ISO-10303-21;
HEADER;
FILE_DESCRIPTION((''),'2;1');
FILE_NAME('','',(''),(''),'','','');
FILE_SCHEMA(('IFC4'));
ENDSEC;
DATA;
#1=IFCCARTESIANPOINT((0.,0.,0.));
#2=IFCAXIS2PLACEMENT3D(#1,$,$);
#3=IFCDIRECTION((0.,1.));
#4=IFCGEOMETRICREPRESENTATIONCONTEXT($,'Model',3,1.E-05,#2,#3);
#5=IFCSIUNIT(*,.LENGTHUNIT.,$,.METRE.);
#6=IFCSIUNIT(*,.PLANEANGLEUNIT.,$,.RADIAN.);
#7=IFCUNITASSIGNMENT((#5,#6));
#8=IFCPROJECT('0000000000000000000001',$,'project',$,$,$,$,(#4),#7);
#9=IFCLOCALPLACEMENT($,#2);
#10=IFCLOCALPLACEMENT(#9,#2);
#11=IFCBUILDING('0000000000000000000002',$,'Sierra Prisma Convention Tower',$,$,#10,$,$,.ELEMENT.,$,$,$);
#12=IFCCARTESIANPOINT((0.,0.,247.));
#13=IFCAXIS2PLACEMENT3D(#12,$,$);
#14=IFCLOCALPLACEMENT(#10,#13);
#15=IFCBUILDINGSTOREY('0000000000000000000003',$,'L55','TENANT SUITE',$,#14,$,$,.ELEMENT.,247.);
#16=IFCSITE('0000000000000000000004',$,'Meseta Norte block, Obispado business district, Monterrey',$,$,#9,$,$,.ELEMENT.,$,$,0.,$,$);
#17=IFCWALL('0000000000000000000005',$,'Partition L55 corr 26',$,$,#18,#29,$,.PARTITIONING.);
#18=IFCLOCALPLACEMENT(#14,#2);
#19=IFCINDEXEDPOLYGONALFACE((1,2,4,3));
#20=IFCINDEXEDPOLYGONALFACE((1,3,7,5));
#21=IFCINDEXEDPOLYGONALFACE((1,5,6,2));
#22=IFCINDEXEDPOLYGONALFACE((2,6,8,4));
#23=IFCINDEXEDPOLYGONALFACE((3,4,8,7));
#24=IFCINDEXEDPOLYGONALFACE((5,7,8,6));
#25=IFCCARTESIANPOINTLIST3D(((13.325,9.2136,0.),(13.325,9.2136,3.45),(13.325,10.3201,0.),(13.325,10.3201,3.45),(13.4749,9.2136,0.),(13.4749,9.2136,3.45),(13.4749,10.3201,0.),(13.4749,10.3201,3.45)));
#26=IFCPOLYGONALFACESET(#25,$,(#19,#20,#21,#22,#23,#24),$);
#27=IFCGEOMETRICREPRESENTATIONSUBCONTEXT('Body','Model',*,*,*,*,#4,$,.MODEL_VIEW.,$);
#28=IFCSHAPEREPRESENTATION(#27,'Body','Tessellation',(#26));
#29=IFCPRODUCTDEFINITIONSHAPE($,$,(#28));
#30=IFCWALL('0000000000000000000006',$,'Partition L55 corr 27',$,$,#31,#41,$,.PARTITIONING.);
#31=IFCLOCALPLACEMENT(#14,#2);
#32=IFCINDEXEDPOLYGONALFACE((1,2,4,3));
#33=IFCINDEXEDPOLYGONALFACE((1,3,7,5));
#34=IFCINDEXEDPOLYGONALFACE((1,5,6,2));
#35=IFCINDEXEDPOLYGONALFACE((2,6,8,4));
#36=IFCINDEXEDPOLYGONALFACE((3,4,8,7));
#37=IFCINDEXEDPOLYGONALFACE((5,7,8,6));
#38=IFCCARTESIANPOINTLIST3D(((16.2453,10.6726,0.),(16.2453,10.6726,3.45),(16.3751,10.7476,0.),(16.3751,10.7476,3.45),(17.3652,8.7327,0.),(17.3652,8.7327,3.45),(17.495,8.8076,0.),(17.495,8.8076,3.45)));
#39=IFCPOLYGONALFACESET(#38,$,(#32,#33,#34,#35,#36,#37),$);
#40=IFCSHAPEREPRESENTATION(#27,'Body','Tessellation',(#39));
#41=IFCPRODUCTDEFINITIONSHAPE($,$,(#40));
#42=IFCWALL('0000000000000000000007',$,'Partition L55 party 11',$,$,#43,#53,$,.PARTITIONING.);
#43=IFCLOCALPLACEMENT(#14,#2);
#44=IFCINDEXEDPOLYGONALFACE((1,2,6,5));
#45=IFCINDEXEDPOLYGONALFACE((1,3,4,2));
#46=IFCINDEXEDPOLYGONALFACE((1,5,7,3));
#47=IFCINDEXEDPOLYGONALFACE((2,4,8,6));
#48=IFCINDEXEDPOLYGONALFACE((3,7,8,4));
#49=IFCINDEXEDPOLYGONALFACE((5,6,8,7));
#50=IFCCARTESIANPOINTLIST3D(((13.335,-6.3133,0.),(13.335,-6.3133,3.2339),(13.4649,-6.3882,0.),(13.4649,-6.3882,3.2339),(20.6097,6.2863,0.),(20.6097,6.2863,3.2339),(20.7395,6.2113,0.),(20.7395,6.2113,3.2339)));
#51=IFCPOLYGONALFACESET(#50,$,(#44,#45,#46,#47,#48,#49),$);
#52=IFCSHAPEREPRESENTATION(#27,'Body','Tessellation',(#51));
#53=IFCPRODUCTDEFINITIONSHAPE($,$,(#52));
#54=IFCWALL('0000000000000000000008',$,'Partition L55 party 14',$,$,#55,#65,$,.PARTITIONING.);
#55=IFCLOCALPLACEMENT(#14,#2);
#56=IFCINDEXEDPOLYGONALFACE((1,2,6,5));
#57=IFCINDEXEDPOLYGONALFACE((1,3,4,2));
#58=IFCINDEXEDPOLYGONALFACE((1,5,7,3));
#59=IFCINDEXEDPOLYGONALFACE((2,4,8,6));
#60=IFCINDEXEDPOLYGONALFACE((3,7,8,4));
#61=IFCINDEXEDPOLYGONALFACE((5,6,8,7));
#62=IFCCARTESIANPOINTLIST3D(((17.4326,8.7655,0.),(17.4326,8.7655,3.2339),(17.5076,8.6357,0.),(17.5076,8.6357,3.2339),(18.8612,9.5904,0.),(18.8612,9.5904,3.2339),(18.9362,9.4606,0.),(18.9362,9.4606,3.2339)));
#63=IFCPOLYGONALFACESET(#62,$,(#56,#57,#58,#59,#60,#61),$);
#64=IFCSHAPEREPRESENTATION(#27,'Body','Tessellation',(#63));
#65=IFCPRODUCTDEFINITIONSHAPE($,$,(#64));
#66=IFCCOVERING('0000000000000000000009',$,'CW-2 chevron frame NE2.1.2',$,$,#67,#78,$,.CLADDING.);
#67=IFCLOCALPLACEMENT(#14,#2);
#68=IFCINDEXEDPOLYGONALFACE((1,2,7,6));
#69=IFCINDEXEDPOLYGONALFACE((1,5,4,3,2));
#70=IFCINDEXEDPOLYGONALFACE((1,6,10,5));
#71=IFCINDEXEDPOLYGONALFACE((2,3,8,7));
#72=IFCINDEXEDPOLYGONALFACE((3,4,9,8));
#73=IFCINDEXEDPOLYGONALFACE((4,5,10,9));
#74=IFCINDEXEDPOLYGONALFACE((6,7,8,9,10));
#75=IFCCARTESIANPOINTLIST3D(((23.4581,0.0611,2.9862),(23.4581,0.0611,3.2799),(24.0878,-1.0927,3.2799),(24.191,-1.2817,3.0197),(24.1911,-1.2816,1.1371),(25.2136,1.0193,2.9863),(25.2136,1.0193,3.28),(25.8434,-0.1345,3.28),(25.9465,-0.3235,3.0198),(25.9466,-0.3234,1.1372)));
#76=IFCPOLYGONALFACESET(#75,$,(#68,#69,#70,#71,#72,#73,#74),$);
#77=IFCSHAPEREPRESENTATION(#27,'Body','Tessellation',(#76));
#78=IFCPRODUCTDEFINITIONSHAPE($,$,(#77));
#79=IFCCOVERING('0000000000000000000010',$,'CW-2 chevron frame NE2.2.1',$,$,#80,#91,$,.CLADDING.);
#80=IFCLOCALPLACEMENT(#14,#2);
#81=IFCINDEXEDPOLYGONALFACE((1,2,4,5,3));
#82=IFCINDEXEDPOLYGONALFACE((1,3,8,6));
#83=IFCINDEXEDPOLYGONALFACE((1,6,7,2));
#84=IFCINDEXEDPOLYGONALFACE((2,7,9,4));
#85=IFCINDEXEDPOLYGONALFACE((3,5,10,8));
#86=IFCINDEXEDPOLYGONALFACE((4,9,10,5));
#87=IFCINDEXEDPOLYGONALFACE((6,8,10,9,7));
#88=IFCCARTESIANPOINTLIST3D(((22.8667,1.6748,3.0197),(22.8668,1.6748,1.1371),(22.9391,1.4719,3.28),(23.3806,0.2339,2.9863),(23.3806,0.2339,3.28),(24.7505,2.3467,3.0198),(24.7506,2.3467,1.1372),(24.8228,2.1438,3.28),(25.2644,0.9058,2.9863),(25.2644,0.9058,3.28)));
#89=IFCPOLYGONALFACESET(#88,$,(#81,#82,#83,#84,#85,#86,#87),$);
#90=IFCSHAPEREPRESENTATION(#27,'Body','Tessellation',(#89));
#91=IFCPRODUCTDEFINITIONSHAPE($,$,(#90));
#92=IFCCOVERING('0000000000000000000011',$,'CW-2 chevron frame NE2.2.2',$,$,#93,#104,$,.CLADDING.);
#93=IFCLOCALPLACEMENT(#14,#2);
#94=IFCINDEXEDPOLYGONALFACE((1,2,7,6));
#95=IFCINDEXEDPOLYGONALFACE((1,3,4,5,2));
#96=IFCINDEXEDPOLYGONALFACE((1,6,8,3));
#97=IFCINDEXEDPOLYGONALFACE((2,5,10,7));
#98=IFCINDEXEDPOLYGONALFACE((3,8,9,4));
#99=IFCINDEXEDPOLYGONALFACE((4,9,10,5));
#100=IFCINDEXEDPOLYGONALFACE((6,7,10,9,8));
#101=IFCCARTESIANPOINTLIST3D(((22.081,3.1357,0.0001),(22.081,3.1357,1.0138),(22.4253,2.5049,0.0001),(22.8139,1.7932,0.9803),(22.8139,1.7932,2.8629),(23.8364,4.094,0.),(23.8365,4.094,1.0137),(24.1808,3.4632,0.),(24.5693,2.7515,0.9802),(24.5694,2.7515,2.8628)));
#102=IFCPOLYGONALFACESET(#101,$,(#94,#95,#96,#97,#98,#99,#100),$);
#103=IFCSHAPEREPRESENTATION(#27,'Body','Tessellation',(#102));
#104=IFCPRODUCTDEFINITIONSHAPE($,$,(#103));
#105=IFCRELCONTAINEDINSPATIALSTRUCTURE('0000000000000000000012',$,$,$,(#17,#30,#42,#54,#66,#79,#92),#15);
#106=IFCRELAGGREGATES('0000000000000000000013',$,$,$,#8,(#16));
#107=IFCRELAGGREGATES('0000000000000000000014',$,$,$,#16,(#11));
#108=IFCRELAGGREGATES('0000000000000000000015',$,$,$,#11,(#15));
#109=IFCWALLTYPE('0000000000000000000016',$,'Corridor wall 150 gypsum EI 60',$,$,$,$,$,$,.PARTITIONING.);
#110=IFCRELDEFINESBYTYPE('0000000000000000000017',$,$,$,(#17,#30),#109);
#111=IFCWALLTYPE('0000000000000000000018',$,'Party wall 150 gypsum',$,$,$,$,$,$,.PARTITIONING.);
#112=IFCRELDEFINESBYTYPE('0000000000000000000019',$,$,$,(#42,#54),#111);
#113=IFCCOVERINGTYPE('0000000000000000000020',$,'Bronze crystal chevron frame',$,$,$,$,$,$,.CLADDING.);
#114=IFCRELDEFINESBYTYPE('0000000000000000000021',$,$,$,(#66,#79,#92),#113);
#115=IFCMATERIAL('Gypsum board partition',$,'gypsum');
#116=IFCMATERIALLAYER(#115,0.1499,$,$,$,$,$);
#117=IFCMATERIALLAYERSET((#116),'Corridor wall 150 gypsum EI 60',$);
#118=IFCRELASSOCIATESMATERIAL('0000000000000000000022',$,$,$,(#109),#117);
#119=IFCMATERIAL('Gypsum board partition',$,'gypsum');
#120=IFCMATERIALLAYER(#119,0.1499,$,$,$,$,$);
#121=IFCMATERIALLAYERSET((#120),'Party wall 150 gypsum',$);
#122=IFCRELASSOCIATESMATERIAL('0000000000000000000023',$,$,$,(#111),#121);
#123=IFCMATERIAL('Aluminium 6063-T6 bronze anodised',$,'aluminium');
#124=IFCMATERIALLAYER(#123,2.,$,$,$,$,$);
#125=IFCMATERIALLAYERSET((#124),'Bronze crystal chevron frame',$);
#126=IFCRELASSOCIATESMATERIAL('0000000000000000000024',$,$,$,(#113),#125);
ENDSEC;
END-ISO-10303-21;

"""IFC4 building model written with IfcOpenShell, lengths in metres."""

from ifc_helpers import new_model, si_unit, direction, frame, frame_2d, origin, place, context, subcontext, project, spatial, polyline, rectangle, outline, extrude, material, layer, layer_set, type_object, element, save


model = new_model("IFC4")

# Units and contexts
model_context = context("Model", 3, precision=1e-05, world=origin(), true_north=direction((0.0, 1.0)))
body_context = subcontext(model_context, "Body", "Model", "MODEL_VIEW")
ifc_project = project(units=[si_unit("LENGTHUNIT", "METRE"), si_unit("PLANEANGLEUNIT", "RADIAN")], contexts=[model_context])

# Site, building, storey
site_placement = place(None, origin())
site = spatial("IfcSite", under=ifc_project, at=site_placement, Name="Meseta Norte block, Obispado business district, Monterrey", CompositionType="ELEMENT", RefElevation=0.0)
building_placement = place(site_placement, origin())
building = spatial("IfcBuilding", under=site, at=building_placement, Name="Sierra Prisma Convention Tower", CompositionType="ELEMENT")
storey_placement = place(building_placement, frame((0.0, 0.0, 247.0)))
storey = spatial("IfcBuildingStorey", under=building, at=storey_placement, Name="L55", Description="TENANT SUITE", CompositionType="ELEMENT", Elevation=247.0)

# Walls
ifc_material_1 = material(Name="Gypsum board partition", Category="gypsum")
ifc_layer_1 = layer(ifc_material_1, 0.1499)
ifc_layer_set_1 = layer_set([ifc_layer_1], Name="Corridor wall 150 gypsum EI 60")
wall_type_1 = type_object("IfcWallType", Name="Corridor wall 150 gypsum EI 60", PredefinedType="PARTITIONING", material=ifc_layer_set_1)
wall_1_placement = place(storey_placement, frame((13.3999, 9.2136, 0.0), z_axis=(0.0, 0.0, 1.0), x_axis=(0.0, 1.0, 0.0)))
element("IfcWall", 1, at=wall_1_placement, inside=storey, type_object=wall_type_1, Name="Partition L55 corr 26", PredefinedType="PARTITIONING", context=body_context, shape_type="SweptSolid", body=[
    extrude(rectangle(XDim=1.1064, YDim=0.1499, at=frame_2d((0.5532, 0.0))), origin(), (0.0, 0.0, 1.0), 3.45),
])
wall_2_placement = place(storey_placement, frame((17.4302, 8.77, 0.0), z_axis=(0.0, 0.0, 1.0), x_axis=(-0.499949, 0.866055, 0.0)))
element("IfcWall", 2, at=wall_2_placement, inside=storey, type_object=wall_type_1, Name="Partition L55 corr 27", PredefinedType="PARTITIONING", context=body_context, shape_type="SweptSolid", body=[
    extrude(rectangle(XDim=2.24, YDim=0.1499, at=frame_2d((1.1201, 0.0))), origin(), (0.0, 0.0, 1.0), 3.45),
])
ifc_material_2 = material(Name="Gypsum board partition", Category="gypsum")
ifc_layer_2 = layer(ifc_material_2, 0.1499)
ifc_layer_set_2 = layer_set([ifc_layer_2], Name="Party wall 150 gypsum")
wall_type_2 = type_object("IfcWallType", Name="Party wall 150 gypsum", PredefinedType="PARTITIONING", material=ifc_layer_set_2)
wall_3_placement = place(storey_placement, frame((20.6746, 6.2488, 0.0), z_axis=(0.0, 0.0, 1.0), x_axis=(-0.500014, -0.866017, 0.0)))
element("IfcWall", 3, at=wall_3_placement, inside=storey, type_object=wall_type_2, Name="Partition L55 party 11", PredefinedType="PARTITIONING", context=body_context, shape_type="SweptSolid", body=[
    extrude(rectangle(XDim=14.5488, YDim=0.1499, at=frame_2d((7.2744, 0.0))), origin(), (0.0, 0.0, 1.0), 3.2339),
])
wall_4_placement = place(storey_placement, frame((17.4702, 8.7007, 0.0), z_axis=(0.0, 0.0, 1.0), x_axis=(0.866003, 0.500038, 0.0)))
element("IfcWall", 4, at=wall_4_placement, inside=storey, type_object=wall_type_2, Name="Partition L55 party 14", PredefinedType="PARTITIONING", context=body_context, shape_type="SweptSolid", body=[
    extrude(rectangle(XDim=1.6497, YDim=0.1499, at=frame_2d((0.8247, 0.0))), origin(), (0.0, 0.0, 1.0), 3.2339),
])

# Coverings
ifc_material_3 = material(Name="Aluminium 6063-T6 bronze anodised", Category="aluminium")
ifc_layer_3 = layer(ifc_material_3, 2.0)
ifc_layer_set_3 = layer_set([ifc_layer_3], Name="Bronze crystal chevron frame")
covering_type = type_object("IfcCoveringType", Name="Bronze crystal chevron frame", PredefinedType="CLADDING", material=ifc_layer_set_3)
covering_1_placement = place(storey_placement, frame((25.9465, -0.3235, 3.0198), z_axis=(0.877765, 0.479091, 0.000048), x_axis=(0.000042, 0.000023, -1.0)))
element("IfcCovering", 5, at=covering_1_placement, inside=storey, type_object=covering_type, Name="CW-2 chevron frame NE2.1.2", PredefinedType="CLADDING", context=body_context, shape_type="SweptSolid", body=[
    extrude(outline(polyline([(0.0, 0.0), (1.8826, 0.0), (0.0334, 1.5298), (-0.2603, 1.5298), (-0.2603, 0.2153), (0.0, 0.0)])), origin(), (0.0, 0.0, -1.0), 2.0),
])
covering_2_placement = place(storey_placement, frame((25.2644, 0.9058, 3.28), z_axis=(0.941884, 0.335938, 0.000037), x_axis=(0.000035, 0.000012, -1.0)))
element("IfcCovering", 6, at=covering_2_placement, inside=storey, type_object=covering_type, Name="CW-2 chevron frame NE2.2.1", PredefinedType="CLADDING", context=body_context, shape_type="SweptSolid", body=[
    extrude(outline(polyline([(0.0, 0.0), (0.2937, 0.0), (2.1428, 1.5298), (0.2603, 1.5298), (0.0, 1.3145), (0.0, 0.0)])), origin(), (0.0, 0.0, -1.0), 2.0),
])
covering_3_placement = place(storey_placement, frame((23.8364, 4.094, 0.0), z_axis=(0.877737, 0.479142, -0.000042), x_axis=(0.000036, 0.00002, 1.0)))
element("IfcCovering", 7, at=covering_3_placement, inside=storey, type_object=covering_type, Name="CW-2 chevron frame NE2.2.2", PredefinedType="CLADDING", context=body_context, shape_type="SweptSolid", body=[
    extrude(outline(polyline([(0.0, 0.0), (1.0137, 0.0), (2.8628, 1.5296), (0.9802, 1.5296), (0.0, 0.7187), (0.0, 0.0)])), origin(), (0.0, 0.0, -1.0), 2.0),
])

save(model, "model.ifc")
